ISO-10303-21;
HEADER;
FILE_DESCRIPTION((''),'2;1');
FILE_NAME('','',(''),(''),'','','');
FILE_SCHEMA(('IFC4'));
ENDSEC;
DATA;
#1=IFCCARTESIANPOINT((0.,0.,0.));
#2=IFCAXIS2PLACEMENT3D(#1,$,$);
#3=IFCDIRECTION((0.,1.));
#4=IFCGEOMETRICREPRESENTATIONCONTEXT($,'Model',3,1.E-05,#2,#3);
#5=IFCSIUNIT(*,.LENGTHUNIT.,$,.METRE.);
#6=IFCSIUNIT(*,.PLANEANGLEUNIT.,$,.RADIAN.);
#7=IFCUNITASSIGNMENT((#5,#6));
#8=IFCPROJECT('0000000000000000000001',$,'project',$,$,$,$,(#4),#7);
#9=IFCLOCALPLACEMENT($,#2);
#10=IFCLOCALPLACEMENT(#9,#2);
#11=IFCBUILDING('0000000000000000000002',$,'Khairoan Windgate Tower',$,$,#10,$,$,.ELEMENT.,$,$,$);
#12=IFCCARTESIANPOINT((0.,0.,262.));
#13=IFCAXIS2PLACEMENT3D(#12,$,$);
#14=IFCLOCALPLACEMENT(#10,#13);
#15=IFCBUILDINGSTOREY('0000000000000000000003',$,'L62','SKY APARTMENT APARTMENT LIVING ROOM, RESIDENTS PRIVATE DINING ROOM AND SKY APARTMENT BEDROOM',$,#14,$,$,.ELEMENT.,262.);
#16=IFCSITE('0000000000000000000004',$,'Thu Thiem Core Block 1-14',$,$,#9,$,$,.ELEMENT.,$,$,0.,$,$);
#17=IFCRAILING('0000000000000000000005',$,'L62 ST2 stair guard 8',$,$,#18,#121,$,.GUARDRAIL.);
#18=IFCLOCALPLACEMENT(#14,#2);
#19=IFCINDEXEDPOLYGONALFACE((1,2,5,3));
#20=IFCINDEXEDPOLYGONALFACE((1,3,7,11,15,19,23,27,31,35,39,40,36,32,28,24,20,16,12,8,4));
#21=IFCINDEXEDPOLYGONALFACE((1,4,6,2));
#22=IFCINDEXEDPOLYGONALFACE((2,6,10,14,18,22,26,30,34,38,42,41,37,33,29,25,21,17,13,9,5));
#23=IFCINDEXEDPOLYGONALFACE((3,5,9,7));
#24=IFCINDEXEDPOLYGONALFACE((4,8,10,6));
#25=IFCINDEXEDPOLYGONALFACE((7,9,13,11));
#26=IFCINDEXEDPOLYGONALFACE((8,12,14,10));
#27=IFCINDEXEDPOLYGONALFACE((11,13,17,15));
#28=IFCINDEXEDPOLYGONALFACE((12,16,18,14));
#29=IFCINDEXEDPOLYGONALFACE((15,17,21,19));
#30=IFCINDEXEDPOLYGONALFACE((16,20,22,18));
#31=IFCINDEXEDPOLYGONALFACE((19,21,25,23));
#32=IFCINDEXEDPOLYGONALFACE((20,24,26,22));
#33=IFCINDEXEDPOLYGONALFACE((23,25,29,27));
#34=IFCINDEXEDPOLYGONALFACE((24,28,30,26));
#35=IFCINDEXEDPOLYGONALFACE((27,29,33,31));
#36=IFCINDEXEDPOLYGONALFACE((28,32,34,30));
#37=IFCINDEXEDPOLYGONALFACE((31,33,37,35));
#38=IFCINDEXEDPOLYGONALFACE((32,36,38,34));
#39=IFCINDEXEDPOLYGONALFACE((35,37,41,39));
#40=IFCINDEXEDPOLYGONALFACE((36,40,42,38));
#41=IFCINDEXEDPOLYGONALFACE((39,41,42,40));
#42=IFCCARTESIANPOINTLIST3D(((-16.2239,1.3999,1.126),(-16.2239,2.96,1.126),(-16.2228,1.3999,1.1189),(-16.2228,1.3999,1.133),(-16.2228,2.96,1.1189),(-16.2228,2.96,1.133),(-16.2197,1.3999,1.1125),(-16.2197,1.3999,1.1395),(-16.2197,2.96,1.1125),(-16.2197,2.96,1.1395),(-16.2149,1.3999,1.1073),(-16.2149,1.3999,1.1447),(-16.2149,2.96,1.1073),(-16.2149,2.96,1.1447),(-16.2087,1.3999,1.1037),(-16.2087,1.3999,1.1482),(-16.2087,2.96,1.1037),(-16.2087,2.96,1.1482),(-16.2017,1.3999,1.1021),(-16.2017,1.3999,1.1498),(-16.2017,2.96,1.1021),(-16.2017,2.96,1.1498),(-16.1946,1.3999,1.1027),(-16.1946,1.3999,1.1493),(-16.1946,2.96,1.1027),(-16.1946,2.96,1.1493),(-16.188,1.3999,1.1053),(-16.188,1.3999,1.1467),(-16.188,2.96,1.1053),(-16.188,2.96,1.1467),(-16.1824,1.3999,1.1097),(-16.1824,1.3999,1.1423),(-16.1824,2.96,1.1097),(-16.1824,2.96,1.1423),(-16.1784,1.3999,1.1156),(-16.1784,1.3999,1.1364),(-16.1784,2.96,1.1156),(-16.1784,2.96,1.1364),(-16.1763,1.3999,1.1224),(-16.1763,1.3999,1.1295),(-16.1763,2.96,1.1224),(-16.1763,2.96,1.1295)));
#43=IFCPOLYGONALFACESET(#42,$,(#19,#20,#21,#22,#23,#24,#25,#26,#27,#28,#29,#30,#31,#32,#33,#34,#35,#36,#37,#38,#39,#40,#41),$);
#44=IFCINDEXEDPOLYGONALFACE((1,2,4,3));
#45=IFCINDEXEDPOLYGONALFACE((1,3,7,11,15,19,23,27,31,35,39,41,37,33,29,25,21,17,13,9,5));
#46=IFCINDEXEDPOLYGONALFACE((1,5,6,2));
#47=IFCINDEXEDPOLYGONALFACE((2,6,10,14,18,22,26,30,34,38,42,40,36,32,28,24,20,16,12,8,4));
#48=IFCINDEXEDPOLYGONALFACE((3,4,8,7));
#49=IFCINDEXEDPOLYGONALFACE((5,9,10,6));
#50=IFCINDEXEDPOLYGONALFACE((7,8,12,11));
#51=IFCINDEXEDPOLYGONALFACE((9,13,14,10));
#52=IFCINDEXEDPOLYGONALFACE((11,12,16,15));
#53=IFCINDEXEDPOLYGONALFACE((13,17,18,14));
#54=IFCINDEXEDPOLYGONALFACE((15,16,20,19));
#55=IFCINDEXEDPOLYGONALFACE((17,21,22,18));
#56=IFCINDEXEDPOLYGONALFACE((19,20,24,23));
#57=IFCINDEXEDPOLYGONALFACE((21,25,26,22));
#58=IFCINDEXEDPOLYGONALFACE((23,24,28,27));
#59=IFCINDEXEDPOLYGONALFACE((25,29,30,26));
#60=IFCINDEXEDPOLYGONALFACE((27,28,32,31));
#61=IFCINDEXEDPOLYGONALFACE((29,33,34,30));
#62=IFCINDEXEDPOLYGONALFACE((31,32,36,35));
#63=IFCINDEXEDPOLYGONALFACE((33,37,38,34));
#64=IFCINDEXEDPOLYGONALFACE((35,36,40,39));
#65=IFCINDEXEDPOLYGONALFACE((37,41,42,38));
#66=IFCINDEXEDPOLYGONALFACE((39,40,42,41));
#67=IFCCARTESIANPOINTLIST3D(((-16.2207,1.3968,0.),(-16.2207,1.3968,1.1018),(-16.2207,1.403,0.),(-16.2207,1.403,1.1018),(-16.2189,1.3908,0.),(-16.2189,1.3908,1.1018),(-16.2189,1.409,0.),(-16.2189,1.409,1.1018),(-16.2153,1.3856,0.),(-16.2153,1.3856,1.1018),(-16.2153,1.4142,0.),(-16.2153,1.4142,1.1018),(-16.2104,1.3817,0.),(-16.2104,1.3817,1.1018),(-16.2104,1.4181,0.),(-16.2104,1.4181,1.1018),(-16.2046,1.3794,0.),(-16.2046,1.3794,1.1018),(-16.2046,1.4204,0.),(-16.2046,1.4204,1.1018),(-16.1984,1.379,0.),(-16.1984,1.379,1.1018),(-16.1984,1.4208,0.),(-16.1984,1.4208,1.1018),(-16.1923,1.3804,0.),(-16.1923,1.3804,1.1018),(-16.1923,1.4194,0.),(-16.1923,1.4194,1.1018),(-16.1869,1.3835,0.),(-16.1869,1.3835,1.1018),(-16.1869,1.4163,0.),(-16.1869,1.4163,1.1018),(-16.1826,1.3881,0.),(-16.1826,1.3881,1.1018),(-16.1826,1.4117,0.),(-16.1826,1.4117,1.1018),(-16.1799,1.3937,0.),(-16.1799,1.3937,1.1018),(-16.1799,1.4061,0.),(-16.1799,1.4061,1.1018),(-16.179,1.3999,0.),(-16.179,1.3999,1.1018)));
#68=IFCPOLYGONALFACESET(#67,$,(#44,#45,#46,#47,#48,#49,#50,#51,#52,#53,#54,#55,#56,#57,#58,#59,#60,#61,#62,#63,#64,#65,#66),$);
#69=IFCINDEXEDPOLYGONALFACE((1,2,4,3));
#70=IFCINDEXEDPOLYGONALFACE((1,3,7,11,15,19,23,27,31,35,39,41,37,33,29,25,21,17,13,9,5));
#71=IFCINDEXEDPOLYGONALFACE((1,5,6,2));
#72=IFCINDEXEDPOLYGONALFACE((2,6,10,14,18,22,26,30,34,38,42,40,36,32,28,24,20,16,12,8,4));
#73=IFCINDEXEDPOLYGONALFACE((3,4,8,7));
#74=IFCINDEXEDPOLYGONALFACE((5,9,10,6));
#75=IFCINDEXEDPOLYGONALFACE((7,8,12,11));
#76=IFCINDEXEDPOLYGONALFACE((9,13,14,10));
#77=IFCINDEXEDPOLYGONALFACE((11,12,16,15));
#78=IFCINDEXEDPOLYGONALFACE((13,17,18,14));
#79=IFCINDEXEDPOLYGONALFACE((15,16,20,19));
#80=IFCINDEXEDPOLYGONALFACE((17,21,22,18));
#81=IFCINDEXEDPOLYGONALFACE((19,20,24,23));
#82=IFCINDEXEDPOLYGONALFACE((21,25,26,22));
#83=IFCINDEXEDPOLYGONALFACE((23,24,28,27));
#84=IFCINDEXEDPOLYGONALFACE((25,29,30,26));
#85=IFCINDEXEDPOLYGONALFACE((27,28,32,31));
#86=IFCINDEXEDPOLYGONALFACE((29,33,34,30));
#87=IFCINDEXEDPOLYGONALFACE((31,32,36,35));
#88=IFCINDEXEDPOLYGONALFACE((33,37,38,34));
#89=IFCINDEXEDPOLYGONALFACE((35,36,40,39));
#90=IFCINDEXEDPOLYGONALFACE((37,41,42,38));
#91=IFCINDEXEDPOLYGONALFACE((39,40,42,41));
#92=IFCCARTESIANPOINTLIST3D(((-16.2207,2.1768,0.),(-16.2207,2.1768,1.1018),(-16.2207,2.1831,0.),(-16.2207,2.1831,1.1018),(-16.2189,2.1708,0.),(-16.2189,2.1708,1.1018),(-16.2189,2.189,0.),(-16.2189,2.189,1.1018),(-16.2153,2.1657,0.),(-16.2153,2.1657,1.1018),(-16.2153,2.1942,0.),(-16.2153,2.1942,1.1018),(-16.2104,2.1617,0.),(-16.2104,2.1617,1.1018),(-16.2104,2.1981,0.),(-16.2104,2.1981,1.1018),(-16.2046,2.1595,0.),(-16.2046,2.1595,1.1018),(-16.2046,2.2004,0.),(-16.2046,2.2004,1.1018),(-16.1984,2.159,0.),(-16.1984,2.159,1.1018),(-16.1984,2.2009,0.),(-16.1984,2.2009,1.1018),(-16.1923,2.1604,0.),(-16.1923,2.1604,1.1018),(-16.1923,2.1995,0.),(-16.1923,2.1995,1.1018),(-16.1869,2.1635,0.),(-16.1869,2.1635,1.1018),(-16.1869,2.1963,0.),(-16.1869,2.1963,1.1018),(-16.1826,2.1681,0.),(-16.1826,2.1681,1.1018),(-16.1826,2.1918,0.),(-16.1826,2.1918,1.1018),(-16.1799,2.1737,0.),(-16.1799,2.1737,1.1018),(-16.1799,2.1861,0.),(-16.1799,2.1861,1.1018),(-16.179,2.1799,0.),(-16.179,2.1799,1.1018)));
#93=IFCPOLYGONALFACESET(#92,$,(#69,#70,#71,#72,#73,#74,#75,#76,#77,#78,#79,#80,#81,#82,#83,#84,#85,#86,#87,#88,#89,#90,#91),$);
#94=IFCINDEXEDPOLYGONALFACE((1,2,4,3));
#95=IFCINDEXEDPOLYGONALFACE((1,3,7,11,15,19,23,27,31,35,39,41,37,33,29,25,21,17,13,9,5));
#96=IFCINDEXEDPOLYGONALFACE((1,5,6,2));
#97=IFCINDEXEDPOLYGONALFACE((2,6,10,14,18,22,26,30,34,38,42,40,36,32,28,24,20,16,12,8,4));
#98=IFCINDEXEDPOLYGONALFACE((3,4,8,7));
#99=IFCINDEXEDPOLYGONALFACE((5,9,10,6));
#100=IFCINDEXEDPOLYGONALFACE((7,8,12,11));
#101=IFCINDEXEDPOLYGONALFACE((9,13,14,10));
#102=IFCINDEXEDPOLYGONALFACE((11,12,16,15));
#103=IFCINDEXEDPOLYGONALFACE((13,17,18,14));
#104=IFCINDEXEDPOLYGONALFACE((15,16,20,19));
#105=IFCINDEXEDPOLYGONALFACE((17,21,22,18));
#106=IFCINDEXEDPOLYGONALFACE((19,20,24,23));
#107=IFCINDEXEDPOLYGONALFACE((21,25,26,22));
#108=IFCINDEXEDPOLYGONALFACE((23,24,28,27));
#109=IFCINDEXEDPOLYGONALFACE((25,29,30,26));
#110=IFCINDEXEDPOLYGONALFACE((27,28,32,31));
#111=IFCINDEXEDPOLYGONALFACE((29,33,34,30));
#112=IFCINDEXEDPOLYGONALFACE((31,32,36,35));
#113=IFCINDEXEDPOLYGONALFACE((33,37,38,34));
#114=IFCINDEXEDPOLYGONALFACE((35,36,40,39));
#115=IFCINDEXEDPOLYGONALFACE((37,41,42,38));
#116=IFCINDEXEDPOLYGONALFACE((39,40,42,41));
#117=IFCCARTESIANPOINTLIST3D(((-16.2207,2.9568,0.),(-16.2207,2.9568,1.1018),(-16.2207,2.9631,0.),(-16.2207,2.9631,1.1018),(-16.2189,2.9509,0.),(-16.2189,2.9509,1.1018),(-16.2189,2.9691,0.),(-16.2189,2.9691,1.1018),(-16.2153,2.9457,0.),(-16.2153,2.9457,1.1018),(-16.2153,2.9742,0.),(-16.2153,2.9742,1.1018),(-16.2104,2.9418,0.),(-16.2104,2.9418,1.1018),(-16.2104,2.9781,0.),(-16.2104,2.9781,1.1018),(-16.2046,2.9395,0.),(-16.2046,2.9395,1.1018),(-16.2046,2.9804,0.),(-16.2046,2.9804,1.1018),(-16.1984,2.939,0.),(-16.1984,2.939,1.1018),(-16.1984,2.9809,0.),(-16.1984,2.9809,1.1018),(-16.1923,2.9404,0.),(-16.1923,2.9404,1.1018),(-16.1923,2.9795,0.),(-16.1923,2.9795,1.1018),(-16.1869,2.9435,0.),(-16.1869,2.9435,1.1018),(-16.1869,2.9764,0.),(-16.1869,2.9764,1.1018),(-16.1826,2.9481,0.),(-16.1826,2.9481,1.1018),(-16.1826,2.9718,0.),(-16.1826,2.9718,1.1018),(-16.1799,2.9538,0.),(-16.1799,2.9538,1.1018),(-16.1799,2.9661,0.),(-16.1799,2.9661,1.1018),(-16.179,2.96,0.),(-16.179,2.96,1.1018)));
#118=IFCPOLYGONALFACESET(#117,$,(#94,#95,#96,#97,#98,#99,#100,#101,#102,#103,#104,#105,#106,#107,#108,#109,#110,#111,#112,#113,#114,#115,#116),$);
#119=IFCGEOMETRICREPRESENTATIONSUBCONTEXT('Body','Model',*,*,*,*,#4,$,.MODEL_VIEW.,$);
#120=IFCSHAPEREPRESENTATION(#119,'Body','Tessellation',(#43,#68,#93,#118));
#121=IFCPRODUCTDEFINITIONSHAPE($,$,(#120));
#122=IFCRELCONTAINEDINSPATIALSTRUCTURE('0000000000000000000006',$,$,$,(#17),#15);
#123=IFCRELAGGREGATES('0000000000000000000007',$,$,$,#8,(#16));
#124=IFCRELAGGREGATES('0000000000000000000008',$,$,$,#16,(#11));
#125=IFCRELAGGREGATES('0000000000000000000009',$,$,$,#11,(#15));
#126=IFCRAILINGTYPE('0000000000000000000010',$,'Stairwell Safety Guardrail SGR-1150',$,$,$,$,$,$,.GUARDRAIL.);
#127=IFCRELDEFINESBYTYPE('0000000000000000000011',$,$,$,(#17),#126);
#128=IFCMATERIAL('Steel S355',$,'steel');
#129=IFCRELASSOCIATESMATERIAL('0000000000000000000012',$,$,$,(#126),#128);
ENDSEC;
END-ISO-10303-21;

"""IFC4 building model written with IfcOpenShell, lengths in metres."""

from ifc_helpers import new_model, si_unit, direction, frame, origin, origin_2d, place, context, subcontext, project, spatial, circle, extrude, material, type_object, element, save


model = new_model("IFC4")

# Units and contexts
model_context = context("Model", 3, precision=1e-05, world=origin(), true_north=direction((0.0, 1.0)))
body_context = subcontext(model_context, "Body", "Model", "MODEL_VIEW")
ifc_project = project(units=[si_unit("LENGTHUNIT", "METRE"), si_unit("PLANEANGLEUNIT", "RADIAN")], contexts=[model_context])

# Site, building, storey
site_placement = place(None, origin())
site = spatial("IfcSite", under=ifc_project, at=site_placement, Name="Thu Thiem Core Block 1-14", CompositionType="ELEMENT", RefElevation=0.0)
building_placement = place(site_placement, origin())
building = spatial("IfcBuilding", under=site, at=building_placement, Name="Khairoan Windgate Tower", CompositionType="ELEMENT")
storey_placement = place(building_placement, frame((0.0, 0.0, 262.0)))
storey = spatial("IfcBuildingStorey", under=building, at=storey_placement, Name="L62", Description="SKY APARTMENT APARTMENT LIVING ROOM, RESIDENTS PRIVATE DINING ROOM AND SKY APARTMENT BEDROOM", CompositionType="ELEMENT", Elevation=262.0)

# Railing
ifc_material_1 = material(Name="Steel S355", Category="steel")
railing_type_1 = type_object("IfcRailingType", Name="Stairwell Safety Guardrail SGR-1150", PredefinedType="GUARDRAIL", material=ifc_material_1)
railing_1_placement = place(storey_placement, frame((-16.2, 1.3999, 0.0)))
element("IfcRailing", 1, at=railing_1_placement, inside=storey, type_object=railing_type_1, Name="L62 ST2 stair guard 8", PredefinedType="GUARDRAIL", context=body_context, shape_type="SweptSolid", body=[
    extrude(circle(Radius=0.0239, at=origin_2d()), frame((0.0, 0.0, 1.126), z_axis=(0.0, 1.0, 0.0), x_axis=(-1.0, 0.0, 0.0)), (0.0, 0.0, 1.0), 1.5601),
    extrude(circle(Radius=0.021, at=origin_2d()), origin(), (0.0, 0.0, 1.0), 1.1018),
    extrude(circle(Radius=0.021, at=origin_2d()), frame((0.0, 0.78, 0.0)), (0.0, 0.0, 1.0), 1.1018),
    extrude(circle(Radius=0.021, at=origin_2d()), frame((0.0, 1.5601, 0.0)), (0.0, 0.0, 1.0), 1.1018),
])

save(model, "model.ifc")
